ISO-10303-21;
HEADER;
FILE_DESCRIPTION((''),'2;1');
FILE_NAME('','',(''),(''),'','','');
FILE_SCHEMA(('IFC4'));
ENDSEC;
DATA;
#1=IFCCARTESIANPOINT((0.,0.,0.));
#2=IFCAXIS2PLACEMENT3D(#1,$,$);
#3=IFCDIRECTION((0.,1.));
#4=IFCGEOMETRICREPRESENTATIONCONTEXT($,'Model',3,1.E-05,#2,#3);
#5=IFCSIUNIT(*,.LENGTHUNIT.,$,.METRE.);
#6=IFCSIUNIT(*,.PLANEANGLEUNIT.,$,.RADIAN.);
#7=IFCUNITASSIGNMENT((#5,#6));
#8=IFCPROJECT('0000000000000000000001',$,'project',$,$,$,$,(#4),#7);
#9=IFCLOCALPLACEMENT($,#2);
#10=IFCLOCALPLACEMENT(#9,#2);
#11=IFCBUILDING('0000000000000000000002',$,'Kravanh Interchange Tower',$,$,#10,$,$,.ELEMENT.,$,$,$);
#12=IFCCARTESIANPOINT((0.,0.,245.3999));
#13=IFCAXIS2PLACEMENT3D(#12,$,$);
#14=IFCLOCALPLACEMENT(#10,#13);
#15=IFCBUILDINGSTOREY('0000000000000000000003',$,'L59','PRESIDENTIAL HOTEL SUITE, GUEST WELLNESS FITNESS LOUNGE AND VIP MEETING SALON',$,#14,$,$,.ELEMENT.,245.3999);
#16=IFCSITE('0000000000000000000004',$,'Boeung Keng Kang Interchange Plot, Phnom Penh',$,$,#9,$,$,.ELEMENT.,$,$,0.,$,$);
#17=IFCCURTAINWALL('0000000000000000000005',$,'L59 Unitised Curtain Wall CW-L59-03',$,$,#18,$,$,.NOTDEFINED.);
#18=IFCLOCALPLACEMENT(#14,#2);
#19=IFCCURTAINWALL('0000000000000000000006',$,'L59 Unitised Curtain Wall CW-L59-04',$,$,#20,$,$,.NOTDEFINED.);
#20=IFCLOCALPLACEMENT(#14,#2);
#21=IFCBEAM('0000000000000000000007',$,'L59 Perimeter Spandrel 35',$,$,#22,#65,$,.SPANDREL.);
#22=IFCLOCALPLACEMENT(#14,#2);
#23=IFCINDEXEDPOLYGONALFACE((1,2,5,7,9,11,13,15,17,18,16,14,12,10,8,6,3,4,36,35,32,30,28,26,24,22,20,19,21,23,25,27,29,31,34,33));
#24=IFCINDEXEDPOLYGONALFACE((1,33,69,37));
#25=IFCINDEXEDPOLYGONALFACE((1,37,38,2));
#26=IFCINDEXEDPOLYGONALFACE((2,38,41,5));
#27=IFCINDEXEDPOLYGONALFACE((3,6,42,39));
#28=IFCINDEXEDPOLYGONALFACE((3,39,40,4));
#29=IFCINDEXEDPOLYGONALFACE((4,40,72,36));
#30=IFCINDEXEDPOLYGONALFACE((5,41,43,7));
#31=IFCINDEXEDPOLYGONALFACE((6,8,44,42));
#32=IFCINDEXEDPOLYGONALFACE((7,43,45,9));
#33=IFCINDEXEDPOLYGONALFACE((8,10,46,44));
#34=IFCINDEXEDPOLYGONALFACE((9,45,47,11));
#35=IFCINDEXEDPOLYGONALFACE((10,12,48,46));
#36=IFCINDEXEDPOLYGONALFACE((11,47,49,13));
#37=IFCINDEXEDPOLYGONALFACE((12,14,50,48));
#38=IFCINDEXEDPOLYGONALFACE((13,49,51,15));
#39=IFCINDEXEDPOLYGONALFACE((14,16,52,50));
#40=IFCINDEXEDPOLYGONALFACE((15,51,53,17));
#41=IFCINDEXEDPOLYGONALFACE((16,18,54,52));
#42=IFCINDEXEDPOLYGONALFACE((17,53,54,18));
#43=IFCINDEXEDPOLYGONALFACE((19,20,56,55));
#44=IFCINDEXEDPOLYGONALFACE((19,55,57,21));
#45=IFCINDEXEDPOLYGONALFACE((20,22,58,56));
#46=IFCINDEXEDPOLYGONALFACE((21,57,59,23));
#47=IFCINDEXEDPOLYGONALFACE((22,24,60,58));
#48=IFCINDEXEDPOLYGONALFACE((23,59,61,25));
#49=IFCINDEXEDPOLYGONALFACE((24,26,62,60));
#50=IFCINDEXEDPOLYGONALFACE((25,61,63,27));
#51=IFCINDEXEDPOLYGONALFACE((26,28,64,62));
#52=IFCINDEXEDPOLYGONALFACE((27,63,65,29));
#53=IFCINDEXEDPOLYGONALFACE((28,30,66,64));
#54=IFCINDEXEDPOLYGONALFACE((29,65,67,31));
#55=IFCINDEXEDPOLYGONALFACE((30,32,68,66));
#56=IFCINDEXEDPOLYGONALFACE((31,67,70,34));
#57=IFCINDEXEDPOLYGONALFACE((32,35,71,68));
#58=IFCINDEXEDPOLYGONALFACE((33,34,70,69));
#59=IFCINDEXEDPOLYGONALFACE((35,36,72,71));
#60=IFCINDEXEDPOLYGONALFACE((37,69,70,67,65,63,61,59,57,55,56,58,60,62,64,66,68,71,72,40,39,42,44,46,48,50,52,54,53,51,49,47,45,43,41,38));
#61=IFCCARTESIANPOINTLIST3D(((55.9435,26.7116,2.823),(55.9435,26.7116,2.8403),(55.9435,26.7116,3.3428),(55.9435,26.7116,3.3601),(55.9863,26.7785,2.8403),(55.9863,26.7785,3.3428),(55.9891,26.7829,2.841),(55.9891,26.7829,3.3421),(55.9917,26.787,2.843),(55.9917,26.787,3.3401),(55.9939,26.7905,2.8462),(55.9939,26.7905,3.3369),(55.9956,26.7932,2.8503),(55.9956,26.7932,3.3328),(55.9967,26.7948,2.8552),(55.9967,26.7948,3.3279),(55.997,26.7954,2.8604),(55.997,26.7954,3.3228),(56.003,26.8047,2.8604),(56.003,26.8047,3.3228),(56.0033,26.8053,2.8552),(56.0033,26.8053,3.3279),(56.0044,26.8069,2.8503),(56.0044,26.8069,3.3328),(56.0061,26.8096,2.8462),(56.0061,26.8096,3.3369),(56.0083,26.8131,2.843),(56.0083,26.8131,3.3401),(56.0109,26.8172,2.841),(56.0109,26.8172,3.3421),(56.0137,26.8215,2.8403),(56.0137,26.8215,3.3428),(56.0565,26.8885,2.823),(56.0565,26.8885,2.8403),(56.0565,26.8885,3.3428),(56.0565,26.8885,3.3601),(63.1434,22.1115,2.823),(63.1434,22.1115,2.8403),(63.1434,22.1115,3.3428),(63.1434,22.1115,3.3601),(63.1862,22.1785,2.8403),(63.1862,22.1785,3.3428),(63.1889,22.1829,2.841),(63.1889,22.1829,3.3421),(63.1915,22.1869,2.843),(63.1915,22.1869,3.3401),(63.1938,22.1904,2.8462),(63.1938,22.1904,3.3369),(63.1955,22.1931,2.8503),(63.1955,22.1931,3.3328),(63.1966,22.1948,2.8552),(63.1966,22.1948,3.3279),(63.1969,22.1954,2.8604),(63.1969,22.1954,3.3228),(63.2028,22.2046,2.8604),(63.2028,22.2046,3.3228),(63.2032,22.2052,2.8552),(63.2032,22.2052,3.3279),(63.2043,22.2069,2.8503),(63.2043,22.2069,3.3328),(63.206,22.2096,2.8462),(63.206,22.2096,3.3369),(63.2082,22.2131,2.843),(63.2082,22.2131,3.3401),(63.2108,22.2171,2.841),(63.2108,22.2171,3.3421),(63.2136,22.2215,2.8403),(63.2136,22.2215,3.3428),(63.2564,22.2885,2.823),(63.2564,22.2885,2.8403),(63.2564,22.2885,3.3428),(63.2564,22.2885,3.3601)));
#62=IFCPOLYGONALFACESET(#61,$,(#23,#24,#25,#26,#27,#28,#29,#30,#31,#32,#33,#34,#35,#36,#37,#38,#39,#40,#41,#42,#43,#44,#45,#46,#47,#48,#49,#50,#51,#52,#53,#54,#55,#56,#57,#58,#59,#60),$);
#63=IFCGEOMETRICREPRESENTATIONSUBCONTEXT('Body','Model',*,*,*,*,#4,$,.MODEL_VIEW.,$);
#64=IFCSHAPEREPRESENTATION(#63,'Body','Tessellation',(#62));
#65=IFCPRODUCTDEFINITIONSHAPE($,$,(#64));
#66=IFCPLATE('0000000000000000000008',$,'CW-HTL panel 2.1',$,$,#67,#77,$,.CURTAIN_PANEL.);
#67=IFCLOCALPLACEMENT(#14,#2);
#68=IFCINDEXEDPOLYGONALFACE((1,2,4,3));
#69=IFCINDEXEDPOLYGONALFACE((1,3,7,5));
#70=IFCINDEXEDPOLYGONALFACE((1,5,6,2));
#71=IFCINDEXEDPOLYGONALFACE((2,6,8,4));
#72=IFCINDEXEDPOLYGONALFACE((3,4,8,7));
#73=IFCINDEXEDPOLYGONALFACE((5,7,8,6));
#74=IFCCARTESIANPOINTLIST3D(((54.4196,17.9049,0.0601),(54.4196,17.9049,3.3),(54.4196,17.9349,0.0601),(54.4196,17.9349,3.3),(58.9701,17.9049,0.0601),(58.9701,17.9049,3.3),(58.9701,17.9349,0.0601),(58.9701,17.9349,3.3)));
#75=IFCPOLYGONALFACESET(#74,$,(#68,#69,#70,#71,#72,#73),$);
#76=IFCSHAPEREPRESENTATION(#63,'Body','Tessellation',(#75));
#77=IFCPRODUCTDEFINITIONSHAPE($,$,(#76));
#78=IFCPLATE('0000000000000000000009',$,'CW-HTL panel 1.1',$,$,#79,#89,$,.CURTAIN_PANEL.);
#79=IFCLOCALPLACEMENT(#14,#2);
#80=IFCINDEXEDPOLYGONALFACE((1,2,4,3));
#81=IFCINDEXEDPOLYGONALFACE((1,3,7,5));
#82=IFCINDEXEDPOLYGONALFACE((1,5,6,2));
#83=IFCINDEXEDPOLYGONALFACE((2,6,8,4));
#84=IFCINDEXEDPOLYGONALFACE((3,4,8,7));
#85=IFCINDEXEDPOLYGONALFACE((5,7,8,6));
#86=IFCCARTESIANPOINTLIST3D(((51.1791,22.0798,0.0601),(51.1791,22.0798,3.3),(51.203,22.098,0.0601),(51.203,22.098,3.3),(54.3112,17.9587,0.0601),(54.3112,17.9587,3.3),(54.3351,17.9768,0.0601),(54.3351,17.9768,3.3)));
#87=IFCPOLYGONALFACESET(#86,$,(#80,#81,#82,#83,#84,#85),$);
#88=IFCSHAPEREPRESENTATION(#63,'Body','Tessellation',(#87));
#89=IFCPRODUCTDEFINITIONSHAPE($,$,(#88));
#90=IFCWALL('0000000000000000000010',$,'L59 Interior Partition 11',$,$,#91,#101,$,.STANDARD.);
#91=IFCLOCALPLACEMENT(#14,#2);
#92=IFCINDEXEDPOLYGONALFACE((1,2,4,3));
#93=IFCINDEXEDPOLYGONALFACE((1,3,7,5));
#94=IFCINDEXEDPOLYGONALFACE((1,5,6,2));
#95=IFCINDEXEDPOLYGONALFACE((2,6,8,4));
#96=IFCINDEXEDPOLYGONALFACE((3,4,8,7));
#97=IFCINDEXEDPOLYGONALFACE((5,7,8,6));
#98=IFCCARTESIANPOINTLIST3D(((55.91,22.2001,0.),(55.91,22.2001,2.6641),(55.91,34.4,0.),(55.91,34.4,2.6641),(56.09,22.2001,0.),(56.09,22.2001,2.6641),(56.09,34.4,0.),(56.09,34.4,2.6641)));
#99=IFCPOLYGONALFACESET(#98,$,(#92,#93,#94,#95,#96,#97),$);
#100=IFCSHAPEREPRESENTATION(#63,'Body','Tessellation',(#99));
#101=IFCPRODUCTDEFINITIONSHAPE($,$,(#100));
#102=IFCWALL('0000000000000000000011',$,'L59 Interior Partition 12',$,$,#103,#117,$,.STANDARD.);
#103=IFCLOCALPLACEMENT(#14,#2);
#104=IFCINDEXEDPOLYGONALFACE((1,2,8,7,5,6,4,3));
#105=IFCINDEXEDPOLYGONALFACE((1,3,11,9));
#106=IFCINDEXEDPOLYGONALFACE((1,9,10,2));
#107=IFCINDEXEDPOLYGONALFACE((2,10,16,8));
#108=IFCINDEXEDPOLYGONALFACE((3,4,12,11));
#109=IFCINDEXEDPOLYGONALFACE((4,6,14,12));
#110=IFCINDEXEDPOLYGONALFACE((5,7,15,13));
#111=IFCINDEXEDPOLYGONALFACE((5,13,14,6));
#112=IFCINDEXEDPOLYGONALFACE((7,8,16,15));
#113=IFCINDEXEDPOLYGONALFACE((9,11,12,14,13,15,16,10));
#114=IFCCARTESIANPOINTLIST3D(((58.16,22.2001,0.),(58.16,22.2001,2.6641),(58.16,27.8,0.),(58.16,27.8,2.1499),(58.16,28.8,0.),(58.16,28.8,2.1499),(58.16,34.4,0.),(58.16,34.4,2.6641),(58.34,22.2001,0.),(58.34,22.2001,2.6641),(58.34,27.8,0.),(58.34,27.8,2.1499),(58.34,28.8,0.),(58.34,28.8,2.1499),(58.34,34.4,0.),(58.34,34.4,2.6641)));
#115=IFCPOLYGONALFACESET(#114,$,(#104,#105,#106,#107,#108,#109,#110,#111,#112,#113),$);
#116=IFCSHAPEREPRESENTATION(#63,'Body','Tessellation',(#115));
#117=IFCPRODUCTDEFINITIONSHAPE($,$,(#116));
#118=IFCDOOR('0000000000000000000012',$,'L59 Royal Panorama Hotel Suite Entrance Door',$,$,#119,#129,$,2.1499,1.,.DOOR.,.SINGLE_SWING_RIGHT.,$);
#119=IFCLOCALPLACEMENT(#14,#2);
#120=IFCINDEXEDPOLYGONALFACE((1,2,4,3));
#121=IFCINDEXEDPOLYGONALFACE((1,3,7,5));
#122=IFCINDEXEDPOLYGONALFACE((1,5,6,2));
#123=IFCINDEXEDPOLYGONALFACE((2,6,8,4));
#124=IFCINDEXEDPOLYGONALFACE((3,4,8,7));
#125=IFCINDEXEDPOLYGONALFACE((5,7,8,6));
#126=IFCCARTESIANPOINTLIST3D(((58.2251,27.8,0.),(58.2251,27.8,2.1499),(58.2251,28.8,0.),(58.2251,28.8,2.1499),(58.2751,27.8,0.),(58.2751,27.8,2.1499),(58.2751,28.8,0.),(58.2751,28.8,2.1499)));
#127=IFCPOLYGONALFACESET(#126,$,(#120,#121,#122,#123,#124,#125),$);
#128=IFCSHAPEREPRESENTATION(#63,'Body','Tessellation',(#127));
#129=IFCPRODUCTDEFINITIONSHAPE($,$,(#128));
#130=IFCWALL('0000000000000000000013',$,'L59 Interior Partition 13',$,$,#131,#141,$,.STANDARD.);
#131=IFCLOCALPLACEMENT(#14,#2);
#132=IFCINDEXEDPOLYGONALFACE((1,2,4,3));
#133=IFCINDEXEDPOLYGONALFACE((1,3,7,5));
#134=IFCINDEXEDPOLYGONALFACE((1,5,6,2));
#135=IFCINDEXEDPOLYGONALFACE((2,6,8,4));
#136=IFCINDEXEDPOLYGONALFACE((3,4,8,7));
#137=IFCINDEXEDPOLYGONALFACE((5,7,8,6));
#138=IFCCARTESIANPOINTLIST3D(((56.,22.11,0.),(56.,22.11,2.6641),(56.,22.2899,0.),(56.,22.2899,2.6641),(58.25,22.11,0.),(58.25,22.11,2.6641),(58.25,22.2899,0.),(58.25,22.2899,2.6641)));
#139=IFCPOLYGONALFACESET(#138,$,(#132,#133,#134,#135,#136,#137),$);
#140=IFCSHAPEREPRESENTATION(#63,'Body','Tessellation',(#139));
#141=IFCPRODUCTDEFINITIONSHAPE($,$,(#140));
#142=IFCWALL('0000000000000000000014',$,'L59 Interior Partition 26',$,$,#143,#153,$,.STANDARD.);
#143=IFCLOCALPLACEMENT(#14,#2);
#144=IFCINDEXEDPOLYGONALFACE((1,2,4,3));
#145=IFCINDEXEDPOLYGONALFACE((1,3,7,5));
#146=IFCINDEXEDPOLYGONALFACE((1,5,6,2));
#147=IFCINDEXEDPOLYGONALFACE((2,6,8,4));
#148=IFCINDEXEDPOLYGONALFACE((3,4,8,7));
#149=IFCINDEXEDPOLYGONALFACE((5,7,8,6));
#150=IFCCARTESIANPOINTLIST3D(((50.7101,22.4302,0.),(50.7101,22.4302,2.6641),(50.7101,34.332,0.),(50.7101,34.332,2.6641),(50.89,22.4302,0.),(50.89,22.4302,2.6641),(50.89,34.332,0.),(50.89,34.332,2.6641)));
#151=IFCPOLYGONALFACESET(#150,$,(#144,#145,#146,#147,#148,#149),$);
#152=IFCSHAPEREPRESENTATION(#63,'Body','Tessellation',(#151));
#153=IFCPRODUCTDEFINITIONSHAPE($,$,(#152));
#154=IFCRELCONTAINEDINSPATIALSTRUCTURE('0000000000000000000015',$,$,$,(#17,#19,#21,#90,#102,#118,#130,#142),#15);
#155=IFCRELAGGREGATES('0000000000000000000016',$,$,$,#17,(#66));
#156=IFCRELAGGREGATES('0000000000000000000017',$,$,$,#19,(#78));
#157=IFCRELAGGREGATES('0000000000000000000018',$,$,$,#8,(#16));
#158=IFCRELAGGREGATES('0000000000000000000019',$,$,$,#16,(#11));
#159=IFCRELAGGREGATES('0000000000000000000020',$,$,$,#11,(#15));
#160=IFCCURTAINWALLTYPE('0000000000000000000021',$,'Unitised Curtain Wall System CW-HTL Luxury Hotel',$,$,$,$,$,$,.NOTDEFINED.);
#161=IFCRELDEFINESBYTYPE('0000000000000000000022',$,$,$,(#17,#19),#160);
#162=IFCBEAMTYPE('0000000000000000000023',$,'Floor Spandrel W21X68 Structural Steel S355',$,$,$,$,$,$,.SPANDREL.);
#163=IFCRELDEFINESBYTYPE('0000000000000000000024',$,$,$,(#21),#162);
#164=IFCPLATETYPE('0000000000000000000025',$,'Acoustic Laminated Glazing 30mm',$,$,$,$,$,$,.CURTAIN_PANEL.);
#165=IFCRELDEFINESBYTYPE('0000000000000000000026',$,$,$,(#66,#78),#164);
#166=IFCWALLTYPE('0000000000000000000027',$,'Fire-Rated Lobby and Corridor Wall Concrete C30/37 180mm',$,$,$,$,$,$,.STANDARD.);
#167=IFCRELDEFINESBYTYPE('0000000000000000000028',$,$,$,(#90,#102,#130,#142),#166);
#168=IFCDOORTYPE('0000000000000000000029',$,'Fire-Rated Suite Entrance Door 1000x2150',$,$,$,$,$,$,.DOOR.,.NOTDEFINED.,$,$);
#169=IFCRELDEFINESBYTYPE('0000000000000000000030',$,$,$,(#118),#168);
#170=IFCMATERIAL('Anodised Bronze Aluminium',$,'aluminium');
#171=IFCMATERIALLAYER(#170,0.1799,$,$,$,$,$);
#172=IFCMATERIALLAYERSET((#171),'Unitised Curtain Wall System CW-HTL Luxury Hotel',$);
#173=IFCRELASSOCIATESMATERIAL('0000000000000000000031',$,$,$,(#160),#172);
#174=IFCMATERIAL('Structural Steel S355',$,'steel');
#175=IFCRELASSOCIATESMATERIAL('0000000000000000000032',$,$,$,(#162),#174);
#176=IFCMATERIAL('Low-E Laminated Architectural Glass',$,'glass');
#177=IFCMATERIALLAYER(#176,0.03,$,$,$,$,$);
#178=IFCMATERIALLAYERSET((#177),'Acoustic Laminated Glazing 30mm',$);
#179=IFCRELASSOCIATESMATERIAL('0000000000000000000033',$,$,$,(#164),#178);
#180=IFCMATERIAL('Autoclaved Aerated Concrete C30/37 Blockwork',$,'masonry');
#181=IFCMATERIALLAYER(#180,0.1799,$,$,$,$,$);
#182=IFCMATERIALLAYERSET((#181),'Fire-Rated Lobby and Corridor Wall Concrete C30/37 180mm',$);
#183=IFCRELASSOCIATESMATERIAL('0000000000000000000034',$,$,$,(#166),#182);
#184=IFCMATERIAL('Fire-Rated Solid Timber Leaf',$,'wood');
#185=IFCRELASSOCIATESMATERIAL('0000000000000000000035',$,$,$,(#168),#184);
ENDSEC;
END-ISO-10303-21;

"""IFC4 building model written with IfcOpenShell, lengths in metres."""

from ifc_helpers import new_model, si_unit, direction, frame, frame_2d, origin, origin_2d, place, context, subcontext, project, spatial, rectangle, i_section, extrude, material, layer, layer_set, material_profile, profile_set, type_object, element, fill, aggregate, save


model = new_model("IFC4")

# Units and contexts
model_context = context("Model", 3, precision=1e-05, world=origin(), true_north=direction((0.0, 1.0)))
body_context = subcontext(model_context, "Body", "Model", "MODEL_VIEW")
ifc_project = project(units=[si_unit("LENGTHUNIT", "METRE"), si_unit("PLANEANGLEUNIT", "RADIAN")], contexts=[model_context])

# Site, building, storey
site_placement = place(None, origin())
site = spatial("IfcSite", under=ifc_project, at=site_placement, Name="Boeung Keng Kang Interchange Plot, Phnom Penh", CompositionType="ELEMENT", RefElevation=0.0)
building_placement = place(site_placement, origin())
building = spatial("IfcBuilding", under=site, at=building_placement, Name="Kravanh Interchange Tower", CompositionType="ELEMENT")
storey_placement = place(building_placement, frame((0.0, 0.0, 245.3999)))
storey = spatial("IfcBuildingStorey", under=building, at=storey_placement, Name="L59", Description="PRESIDENTIAL HOTEL SUITE, GUEST WELLNESS FITNESS LOUNGE AND VIP MEETING SALON", CompositionType="ELEMENT", Elevation=245.3999)

# Curtain wall
ifc_material_1 = material(Name="Anodised Bronze Aluminium", Category="aluminium")
ifc_layer_1 = layer(ifc_material_1, 0.1799)
ifc_layer_set_1 = layer_set([ifc_layer_1], Name="Unitised Curtain Wall System CW-HTL Luxury Hotel")
curtain_wall_type = type_object("IfcCurtainWallType", Name="Unitised Curtain Wall System CW-HTL Luxury Hotel", PredefinedType="NOTDEFINED", material=ifc_layer_set_1)
curtain_wall_1_placement = place(storey_placement, origin())
curtain_wall_1 = element("IfcCurtainWall", 1, at=curtain_wall_1_placement, inside=storey, type_object=curtain_wall_type, Name="L59 Unitised Curtain Wall CW-L59-03", PredefinedType="NOTDEFINED")

# Curtain wall
curtain_wall_2_placement = place(storey_placement, origin())
curtain_wall_2 = element("IfcCurtainWall", 2, at=curtain_wall_2_placement, inside=storey, type_object=curtain_wall_type, Name="L59 Unitised Curtain Wall CW-L59-04", PredefinedType="NOTDEFINED")

# Beam
ifc_material_2 = material(Name="Structural Steel S355", Category="steel")
ifc_material_profile_1 = material_profile(ifc_material_2, i_section(OverallWidth=0.21, OverallDepth=0.5371, WebThickness=0.011, FlangeThickness=0.0173, FilletRadius=0.02, at=origin_2d()), Name="W21X68")
ifc_profile_set_1 = profile_set([ifc_material_profile_1], Name="Structural Steel S355")
beam_type_1 = type_object("IfcBeamType", Name="Floor Spandrel W21X68 Structural Steel S355", PredefinedType="SPANDREL", material=ifc_profile_set_1)
beam_1_placement = place(storey_placement, frame((56.0, 26.8, 3.0916), z_axis=(0.842689, -0.5384, 0.0), x_axis=(0.5384, 0.842689, 0.0)))
element("IfcBeam", 3, at=beam_1_placement, inside=storey, type_object=beam_type_1, Name="L59 Perimeter Spandrel 35", PredefinedType="SPANDREL", context=body_context, shape_type="SweptSolid", body=[
    extrude(i_section(OverallWidth=0.21, OverallDepth=0.5371, WebThickness=0.011, FlangeThickness=0.0173, FilletRadius=0.02, at=origin_2d()), origin(), (0.0, 0.0, 1.0), 8.5439),
])

# Plates
ifc_material_3 = material(Name="Low-E Laminated Architectural Glass", Category="glass")
ifc_layer_2 = layer(ifc_material_3, 0.03)
ifc_layer_set_2 = layer_set([ifc_layer_2], Name="Acoustic Laminated Glazing 30mm")
plate_type = type_object("IfcPlateType", Name="Acoustic Laminated Glazing 30mm", PredefinedType="CURTAIN_PANEL", material=ifc_layer_set_2)
plate_1_placement = place(storey_placement, frame((56.6948, 17.9199, 0.0601), z_axis=(0.0, 0.0, 1.0), x_axis=(-1.0, 0.0, 0.0)))
plate_1 = element("IfcPlate", 4, at=plate_1_placement, type_object=plate_type, Name="CW-HTL panel 2.1", PredefinedType="CURTAIN_PANEL", context=body_context, shape_type="SweptSolid", body=[
    extrude(rectangle(XDim=4.5505, YDim=0.03, at=origin_2d()), origin(), (0.0, 0.0, 1.0), 3.24),
])
aggregate(curtain_wall_1, [plate_1])
plate_2_placement = place(storey_placement, frame((52.7571, 20.0283, 0.0601), z_axis=(0.0, 0.0, 1.0), x_axis=(-0.605083, 0.796162, 0.0)))
plate_2 = element("IfcPlate", 5, at=plate_2_placement, type_object=plate_type, Name="CW-HTL panel 1.1", PredefinedType="CURTAIN_PANEL", context=body_context, shape_type="SweptSolid", body=[
    extrude(rectangle(XDim=5.1763, YDim=0.03, at=origin_2d()), origin(), (0.0, 0.0, 1.0), 3.24),
])
aggregate(curtain_wall_2, [plate_2])

# Wall
ifc_material_4 = material(Name="Autoclaved Aerated Concrete C30/37 Blockwork", Category="masonry")
ifc_layer_3 = layer(ifc_material_4, 0.1799)
ifc_layer_set_3 = layer_set([ifc_layer_3], Name="Fire-Rated Lobby and Corridor Wall Concrete C30/37 180mm")
wall_type = type_object("IfcWallType", Name="Fire-Rated Lobby and Corridor Wall Concrete C30/37 180mm", PredefinedType="STANDARD", material=ifc_layer_set_3)
wall_1_placement = place(storey_placement, frame((56.0, 22.2, 0.0), z_axis=(0.0, 0.0, 1.0), x_axis=(0.0, 1.0, 0.0)))
element("IfcWall", 6, at=wall_1_placement, inside=storey, type_object=wall_type, Name="L59 Interior Partition 11", PredefinedType="STANDARD", context=body_context, shape_type="SweptSolid", body=[
    extrude(rectangle(XDim=12.2, YDim=0.1799, at=frame_2d((6.1001, 0.0))), origin(), (0.0, 0.0, 1.0), 2.6641),
])

# Wall, opening, door
wall_2_placement = place(storey_placement, frame((58.25, 22.2, 0.0), z_axis=(0.0, 0.0, 1.0), x_axis=(0.0, 1.0, 0.0)))
wall_2 = element("IfcWall", 7, at=wall_2_placement, inside=storey, type_object=wall_type, Name="L59 Interior Partition 12", PredefinedType="STANDARD", context=body_context, shape_type="SweptSolid", body=[
    extrude(rectangle(XDim=12.2, YDim=0.1799, at=frame_2d((6.1001, 0.0))), origin(), (0.0, 0.0, 1.0), 2.6641),
])
opening_placement = place(wall_2_placement, frame((5.6001, 0.0, 0.0)))
opening = element("IfcOpeningElement", 8, at=opening_placement, cuts=wall_2, PredefinedType="OPENING", context=body_context, shape_type="SweptSolid", body=[
    extrude(rectangle(XDim=1.0, YDim=2.1499, at=frame_2d((0.5, 1.075))), frame((0.0, 0.1001, 0.0), z_axis=(0.0, -1.0, 0.0), x_axis=(1.0, 0.0, 0.0)), (0.0, 0.0, 1.0), 0.2),
])
ifc_material_5 = material(Name="Fire-Rated Solid Timber Leaf", Category="wood")
door_type = type_object("IfcDoorType", Name="Fire-Rated Suite Entrance Door 1000x2150", OperationType="NOTDEFINED", PredefinedType="DOOR", material=ifc_material_5)
door_placement = place(opening_placement, origin())
door = element("IfcDoor", 9, at=door_placement, inside=storey, type_object=door_type, Name="L59 Royal Panorama Hotel Suite Entrance Door", OperationType="SINGLE_SWING_RIGHT", OverallHeight=2.1499, OverallWidth=1.0, PredefinedType="DOOR", context=body_context, shape_type="SweptSolid", body=[
    extrude(rectangle(XDim=1.0, YDim=2.1499, at=frame_2d((0.5, 1.075))), frame((0.0, 0.0249, 0.0), z_axis=(0.0, -1.0, 0.0), x_axis=(1.0, 0.0, 0.0)), (0.0, 0.0, 1.0), 0.05),
])
fill(opening, door)

# Walls
wall_3_placement = place(storey_placement, frame((56.0, 22.2, 0.0), z_axis=(0.0, 0.0, 1.0), x_axis=(1.0, 0.0, 0.0)))
element("IfcWall", 10, at=wall_3_placement, inside=storey, type_object=wall_type, Name="L59 Interior Partition 13", PredefinedType="STANDARD", context=body_context, shape_type="SweptSolid", body=[
    extrude(rectangle(XDim=2.25, YDim=0.1799, at=frame_2d((1.125, 0.0))), origin(), (0.0, 0.0, 1.0), 2.6641),
])
wall_4_placement = place(storey_placement, frame((50.8, 22.4302, 0.0), z_axis=(0.0, 0.0, 1.0), x_axis=(0.0, 1.0, 0.0)))
element("IfcWall", 11, at=wall_4_placement, inside=storey, type_object=wall_type, Name="L59 Interior Partition 26", PredefinedType="STANDARD", context=body_context, shape_type="SweptSolid", body=[
    extrude(rectangle(XDim=11.9019, YDim=0.1799, at=frame_2d((5.9509, 0.0))), origin(), (0.0, 0.0, 1.0), 2.6641),
])

save(model, "model.ifc")
